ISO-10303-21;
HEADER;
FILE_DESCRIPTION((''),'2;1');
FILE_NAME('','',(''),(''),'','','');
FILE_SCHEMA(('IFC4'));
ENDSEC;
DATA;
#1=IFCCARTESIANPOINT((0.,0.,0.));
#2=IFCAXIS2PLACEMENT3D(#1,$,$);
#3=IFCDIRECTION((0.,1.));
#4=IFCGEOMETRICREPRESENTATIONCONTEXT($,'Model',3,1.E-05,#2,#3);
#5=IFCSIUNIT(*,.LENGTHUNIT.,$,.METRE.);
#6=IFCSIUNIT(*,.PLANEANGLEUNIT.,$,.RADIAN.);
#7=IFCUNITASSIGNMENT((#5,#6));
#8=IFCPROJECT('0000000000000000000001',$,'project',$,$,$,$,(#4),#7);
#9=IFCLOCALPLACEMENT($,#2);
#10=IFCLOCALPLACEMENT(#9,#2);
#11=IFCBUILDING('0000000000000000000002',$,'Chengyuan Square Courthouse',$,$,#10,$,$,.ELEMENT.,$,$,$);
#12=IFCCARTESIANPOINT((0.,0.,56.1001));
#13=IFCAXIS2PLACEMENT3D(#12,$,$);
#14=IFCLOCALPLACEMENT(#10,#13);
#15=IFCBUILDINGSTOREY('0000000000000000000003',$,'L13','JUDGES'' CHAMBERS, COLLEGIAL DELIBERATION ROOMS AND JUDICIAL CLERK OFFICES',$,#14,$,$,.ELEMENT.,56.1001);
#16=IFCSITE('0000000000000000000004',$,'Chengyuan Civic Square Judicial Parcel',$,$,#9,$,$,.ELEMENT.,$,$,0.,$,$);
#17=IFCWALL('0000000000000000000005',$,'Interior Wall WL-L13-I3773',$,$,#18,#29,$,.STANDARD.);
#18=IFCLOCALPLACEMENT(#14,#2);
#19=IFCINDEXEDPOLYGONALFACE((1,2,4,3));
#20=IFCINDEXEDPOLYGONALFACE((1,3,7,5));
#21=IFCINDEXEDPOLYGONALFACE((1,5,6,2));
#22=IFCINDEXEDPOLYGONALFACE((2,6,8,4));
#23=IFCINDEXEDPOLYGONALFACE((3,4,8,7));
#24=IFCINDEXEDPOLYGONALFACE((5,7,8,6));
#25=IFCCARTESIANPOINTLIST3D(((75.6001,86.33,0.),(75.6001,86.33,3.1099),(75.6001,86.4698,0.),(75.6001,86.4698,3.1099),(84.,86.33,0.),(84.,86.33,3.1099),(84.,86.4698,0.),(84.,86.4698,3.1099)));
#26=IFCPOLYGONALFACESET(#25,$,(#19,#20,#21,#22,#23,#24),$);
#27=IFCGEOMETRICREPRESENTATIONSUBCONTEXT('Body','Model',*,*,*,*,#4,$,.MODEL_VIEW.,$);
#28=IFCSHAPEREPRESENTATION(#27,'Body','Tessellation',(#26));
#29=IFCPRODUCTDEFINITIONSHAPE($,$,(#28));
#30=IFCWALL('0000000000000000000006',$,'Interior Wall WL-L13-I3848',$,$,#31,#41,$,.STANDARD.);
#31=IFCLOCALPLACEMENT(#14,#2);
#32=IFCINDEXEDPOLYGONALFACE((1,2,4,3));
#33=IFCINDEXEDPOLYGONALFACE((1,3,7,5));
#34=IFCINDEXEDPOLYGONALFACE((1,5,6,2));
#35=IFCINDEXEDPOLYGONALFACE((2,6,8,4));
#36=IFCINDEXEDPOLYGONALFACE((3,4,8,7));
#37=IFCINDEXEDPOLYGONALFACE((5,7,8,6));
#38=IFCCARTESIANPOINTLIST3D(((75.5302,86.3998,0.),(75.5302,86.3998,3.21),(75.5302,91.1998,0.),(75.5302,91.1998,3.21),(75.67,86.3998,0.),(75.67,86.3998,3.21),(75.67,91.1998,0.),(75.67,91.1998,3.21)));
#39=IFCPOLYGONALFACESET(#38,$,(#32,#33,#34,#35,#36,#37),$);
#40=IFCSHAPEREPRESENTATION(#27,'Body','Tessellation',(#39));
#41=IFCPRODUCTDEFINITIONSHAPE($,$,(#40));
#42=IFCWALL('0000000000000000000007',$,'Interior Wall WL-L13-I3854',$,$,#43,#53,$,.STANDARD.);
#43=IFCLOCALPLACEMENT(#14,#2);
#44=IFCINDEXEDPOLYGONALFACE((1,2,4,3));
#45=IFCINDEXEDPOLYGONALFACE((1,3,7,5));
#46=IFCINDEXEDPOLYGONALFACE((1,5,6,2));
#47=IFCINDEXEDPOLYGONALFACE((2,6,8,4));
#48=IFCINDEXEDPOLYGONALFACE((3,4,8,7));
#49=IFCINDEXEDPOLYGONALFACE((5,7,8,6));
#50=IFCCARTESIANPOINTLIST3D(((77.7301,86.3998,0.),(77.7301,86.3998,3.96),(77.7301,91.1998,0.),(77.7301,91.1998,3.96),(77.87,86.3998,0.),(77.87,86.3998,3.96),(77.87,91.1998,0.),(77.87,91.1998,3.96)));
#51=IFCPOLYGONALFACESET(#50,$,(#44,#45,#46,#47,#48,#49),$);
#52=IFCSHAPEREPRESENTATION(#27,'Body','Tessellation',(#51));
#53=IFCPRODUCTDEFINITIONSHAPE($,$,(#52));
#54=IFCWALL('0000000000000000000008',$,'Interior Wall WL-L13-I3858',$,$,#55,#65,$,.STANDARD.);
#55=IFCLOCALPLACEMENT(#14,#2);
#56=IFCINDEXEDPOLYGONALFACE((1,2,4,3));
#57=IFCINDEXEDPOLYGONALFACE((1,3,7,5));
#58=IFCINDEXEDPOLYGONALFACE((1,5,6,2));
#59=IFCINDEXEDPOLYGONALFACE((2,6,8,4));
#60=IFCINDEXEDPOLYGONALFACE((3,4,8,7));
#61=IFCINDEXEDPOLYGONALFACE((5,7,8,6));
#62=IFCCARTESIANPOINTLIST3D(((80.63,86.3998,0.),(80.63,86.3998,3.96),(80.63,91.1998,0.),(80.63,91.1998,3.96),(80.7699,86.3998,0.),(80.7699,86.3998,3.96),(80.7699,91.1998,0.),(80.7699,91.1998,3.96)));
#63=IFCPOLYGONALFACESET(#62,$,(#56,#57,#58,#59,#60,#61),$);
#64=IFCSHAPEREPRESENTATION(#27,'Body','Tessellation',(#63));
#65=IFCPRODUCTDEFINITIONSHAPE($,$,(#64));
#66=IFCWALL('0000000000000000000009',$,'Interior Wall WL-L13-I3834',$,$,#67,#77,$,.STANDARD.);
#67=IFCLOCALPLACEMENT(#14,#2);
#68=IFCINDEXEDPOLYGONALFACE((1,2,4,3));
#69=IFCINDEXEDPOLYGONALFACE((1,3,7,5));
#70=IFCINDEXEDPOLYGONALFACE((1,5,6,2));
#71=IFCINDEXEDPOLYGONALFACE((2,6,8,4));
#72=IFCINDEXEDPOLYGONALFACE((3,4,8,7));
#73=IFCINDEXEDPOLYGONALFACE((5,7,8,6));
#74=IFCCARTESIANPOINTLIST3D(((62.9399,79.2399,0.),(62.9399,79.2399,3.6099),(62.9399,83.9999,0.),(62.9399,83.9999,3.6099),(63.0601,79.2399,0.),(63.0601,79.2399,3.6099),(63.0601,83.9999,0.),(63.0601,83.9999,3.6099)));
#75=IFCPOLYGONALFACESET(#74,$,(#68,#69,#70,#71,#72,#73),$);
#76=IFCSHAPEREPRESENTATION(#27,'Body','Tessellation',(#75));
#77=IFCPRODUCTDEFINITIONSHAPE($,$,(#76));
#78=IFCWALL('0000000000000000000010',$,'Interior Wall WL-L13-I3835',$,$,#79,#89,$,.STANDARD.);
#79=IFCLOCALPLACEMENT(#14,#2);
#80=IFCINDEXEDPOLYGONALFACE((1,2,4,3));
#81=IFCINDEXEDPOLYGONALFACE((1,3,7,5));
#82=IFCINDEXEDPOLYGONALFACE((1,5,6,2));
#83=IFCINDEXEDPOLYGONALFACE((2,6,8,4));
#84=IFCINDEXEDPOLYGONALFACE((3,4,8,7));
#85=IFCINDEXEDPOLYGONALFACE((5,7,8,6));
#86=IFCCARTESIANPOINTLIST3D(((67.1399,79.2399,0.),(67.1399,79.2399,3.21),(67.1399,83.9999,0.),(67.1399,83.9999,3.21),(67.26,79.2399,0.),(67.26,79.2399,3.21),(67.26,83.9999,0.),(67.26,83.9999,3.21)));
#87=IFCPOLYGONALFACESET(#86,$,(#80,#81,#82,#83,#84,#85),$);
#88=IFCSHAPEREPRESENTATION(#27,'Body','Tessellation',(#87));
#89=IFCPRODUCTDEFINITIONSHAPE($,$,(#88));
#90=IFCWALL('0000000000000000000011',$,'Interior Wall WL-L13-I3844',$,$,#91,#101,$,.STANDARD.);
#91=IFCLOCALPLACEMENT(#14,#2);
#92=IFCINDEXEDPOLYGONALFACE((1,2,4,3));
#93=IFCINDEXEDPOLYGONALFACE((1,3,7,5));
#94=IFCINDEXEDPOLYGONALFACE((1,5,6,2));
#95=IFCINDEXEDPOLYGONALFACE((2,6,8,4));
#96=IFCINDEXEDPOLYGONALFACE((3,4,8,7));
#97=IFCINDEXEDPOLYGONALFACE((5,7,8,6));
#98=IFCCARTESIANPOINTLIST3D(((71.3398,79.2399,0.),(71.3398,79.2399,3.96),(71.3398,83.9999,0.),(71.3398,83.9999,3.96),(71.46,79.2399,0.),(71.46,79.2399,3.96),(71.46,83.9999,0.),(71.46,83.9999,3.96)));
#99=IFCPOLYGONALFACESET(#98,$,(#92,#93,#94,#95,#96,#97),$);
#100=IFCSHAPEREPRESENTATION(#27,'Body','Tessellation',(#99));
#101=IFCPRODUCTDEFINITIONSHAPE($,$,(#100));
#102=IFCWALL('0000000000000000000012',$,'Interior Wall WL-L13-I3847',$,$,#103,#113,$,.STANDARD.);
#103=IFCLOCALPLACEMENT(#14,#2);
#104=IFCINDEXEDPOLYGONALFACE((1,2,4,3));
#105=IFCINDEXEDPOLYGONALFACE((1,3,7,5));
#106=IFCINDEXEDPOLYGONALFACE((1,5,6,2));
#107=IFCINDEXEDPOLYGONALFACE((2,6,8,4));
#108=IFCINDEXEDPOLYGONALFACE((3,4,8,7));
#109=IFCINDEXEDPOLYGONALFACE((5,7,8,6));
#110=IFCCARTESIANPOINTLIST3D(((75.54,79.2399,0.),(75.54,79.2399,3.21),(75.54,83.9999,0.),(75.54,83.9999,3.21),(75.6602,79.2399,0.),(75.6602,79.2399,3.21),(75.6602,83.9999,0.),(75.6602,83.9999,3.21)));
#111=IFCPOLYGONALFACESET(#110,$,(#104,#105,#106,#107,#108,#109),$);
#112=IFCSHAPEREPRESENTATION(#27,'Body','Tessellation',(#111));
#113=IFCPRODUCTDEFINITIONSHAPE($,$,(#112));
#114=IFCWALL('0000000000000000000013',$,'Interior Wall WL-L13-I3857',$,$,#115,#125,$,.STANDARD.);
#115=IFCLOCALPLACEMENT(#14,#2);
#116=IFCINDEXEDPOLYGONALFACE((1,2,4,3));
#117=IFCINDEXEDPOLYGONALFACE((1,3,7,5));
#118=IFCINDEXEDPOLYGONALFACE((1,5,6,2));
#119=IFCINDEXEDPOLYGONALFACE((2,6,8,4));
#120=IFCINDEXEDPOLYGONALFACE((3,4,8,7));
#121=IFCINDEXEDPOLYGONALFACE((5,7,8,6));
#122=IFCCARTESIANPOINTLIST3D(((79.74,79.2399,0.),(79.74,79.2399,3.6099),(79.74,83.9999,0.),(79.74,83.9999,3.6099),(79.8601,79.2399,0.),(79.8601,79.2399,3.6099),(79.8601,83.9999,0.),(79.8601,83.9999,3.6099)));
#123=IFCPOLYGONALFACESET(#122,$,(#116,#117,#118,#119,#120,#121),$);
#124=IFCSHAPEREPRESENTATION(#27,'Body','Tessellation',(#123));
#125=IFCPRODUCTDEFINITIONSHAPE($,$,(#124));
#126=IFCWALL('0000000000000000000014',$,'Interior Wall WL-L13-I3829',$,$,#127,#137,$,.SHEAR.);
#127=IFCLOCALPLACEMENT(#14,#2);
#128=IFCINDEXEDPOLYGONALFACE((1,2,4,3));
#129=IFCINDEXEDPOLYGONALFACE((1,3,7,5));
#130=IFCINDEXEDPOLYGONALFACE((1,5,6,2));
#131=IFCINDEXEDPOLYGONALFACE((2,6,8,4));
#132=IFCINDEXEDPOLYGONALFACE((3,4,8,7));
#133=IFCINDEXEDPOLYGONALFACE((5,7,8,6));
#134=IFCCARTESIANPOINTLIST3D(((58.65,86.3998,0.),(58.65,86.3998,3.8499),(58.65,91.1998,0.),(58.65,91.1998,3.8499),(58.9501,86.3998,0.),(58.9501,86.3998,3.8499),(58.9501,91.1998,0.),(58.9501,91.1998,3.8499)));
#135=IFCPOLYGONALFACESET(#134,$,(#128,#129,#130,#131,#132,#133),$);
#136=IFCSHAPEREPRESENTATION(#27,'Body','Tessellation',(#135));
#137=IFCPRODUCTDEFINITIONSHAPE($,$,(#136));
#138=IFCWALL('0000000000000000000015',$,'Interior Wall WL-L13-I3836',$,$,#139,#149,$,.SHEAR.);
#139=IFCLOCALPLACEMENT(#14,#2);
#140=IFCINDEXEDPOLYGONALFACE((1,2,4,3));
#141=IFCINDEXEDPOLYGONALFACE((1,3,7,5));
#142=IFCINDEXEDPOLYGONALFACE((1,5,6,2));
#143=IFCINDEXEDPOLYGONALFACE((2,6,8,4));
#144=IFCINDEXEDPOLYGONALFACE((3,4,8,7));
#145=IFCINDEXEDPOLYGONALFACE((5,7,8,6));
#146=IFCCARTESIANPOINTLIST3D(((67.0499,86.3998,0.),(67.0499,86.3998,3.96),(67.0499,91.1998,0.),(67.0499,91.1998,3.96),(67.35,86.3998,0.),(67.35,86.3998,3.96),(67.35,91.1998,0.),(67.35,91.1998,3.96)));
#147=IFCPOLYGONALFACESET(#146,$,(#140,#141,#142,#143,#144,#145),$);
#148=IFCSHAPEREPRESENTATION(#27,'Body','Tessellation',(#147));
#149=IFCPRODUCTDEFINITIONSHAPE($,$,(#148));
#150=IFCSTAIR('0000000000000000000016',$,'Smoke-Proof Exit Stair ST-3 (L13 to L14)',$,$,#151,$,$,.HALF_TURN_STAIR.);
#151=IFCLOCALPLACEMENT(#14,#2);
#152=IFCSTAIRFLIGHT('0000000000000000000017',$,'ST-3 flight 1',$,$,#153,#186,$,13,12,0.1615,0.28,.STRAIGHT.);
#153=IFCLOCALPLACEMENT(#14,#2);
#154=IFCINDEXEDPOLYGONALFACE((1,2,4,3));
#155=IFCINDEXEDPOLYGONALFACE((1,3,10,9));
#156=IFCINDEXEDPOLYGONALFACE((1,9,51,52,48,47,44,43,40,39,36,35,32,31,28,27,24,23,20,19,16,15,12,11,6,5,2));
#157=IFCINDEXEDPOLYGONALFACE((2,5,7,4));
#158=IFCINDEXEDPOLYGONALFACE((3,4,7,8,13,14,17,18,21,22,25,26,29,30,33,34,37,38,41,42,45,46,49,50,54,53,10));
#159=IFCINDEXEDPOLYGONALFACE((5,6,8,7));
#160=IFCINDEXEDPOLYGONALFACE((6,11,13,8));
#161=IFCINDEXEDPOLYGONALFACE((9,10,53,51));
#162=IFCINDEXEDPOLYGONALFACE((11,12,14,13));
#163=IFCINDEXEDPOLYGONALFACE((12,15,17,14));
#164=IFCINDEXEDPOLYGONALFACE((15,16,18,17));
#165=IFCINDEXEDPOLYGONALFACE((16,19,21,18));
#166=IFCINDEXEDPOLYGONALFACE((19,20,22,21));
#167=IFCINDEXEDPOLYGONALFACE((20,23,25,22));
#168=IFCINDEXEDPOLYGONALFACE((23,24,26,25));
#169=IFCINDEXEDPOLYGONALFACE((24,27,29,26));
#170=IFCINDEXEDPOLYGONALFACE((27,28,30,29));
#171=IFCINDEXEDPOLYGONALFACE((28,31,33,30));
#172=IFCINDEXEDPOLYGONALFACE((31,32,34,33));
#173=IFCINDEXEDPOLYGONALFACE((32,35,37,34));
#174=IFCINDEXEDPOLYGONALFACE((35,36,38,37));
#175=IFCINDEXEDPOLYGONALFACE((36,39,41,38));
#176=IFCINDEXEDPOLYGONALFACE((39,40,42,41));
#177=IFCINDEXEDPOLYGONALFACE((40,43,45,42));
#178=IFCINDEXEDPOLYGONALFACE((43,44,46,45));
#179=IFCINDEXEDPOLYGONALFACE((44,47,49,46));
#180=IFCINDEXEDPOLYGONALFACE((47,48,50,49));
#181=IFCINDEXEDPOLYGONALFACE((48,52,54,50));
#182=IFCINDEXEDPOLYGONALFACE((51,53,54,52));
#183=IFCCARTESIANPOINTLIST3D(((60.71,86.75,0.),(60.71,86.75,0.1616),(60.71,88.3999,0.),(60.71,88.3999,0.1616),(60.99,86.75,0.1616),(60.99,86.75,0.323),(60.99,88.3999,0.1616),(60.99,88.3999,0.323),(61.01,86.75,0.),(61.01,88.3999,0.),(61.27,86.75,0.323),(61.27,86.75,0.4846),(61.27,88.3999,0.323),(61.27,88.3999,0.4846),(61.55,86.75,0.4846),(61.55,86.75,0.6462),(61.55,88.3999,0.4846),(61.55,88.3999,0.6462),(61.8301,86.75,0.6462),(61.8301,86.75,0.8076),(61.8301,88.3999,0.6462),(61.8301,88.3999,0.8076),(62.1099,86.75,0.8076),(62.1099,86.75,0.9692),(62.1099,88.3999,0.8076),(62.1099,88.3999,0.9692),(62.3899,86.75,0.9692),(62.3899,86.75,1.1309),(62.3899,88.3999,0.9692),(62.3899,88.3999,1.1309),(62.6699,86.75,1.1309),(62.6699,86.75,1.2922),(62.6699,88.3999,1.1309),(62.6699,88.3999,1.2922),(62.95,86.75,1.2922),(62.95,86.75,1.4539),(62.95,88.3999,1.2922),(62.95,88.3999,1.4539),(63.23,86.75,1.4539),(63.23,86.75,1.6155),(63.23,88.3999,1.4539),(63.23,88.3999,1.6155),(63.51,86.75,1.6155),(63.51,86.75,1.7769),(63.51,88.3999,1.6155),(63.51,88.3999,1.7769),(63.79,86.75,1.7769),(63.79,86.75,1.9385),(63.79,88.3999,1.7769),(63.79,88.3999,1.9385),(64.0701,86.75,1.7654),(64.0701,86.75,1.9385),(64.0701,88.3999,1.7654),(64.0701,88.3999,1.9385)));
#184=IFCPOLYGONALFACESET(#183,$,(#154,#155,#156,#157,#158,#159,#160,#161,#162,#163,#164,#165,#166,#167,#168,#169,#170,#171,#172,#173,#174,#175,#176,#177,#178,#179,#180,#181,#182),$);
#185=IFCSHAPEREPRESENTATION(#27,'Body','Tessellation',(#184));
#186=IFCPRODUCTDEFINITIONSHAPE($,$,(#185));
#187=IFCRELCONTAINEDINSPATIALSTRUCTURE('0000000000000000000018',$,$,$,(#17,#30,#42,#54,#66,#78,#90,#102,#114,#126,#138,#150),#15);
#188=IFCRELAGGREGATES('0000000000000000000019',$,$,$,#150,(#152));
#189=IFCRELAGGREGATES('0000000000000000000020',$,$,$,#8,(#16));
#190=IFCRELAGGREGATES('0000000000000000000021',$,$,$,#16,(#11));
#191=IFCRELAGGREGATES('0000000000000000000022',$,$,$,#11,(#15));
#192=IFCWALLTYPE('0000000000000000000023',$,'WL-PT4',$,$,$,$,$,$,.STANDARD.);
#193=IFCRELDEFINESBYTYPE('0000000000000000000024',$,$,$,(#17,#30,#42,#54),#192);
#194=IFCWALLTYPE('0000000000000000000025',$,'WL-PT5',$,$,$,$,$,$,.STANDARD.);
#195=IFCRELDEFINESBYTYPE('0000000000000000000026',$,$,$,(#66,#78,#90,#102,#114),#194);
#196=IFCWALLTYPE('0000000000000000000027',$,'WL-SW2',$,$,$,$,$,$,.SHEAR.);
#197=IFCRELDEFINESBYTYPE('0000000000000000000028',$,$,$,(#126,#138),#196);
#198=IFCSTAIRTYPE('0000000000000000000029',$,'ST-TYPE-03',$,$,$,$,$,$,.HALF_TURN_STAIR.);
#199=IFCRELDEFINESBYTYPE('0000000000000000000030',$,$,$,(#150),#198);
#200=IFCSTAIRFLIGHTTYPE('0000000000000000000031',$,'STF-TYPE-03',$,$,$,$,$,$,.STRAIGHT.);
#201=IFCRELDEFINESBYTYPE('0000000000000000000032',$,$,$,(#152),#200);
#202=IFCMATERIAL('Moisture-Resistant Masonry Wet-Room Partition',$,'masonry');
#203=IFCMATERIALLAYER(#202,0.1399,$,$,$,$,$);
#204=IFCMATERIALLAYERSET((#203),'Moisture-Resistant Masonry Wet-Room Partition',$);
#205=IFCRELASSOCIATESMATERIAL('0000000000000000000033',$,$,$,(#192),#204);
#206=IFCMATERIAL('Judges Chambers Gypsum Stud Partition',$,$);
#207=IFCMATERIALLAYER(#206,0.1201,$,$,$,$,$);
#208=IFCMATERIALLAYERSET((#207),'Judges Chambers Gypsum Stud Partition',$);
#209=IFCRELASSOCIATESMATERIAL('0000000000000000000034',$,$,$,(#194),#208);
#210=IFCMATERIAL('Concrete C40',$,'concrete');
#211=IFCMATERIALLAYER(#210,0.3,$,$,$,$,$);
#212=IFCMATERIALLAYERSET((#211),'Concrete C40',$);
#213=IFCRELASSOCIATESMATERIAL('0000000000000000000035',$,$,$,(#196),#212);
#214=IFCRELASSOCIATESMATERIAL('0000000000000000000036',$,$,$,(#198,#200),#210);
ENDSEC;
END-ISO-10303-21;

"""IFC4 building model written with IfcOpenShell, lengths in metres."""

from ifc_helpers import new_model, si_unit, direction, frame, frame_2d, origin, place, context, subcontext, project, spatial, polyline, rectangle, outline, extrude, material, layer, layer_set, type_object, element, aggregate, save


model = new_model("IFC4")

# Units and contexts
model_context = context("Model", 3, precision=1e-05, world=origin(), true_north=direction((0.0, 1.0)))
body_context = subcontext(model_context, "Body", "Model", "MODEL_VIEW")
ifc_project = project(units=[si_unit("LENGTHUNIT", "METRE"), si_unit("PLANEANGLEUNIT", "RADIAN")], contexts=[model_context])

# Site, building, storey
site_placement = place(None, origin())
site = spatial("IfcSite", under=ifc_project, at=site_placement, Name="Chengyuan Civic Square Judicial Parcel", CompositionType="ELEMENT", RefElevation=0.0)
building_placement = place(site_placement, origin())
building = spatial("IfcBuilding", under=site, at=building_placement, Name="Chengyuan Square Courthouse", CompositionType="ELEMENT")
storey_placement = place(building_placement, frame((0.0, 0.0, 56.1001)))
storey = spatial("IfcBuildingStorey", under=building, at=storey_placement, Name="L13", Description="JUDGES' CHAMBERS, COLLEGIAL DELIBERATION ROOMS AND JUDICIAL CLERK OFFICES", CompositionType="ELEMENT", Elevation=56.1001)

# Shared definitions
ifc_material_1 = material(Name="Concrete C40", Category="concrete")

# Walls
ifc_material_2 = material(Name="Moisture-Resistant Masonry Wet-Room Partition", Category="masonry")
ifc_layer_1 = layer(ifc_material_2, 0.1399)
ifc_layer_set_1 = layer_set([ifc_layer_1], Name="Moisture-Resistant Masonry Wet-Room Partition")
wall_type_1 = type_object("IfcWallType", Name="WL-PT4", PredefinedType="STANDARD", material=ifc_layer_set_1)
wall_1_placement = place(storey_placement, frame((75.6001, 86.3999, 0.0), z_axis=(0.0, 0.0, 1.0), x_axis=(1.0, 0.0, 0.0)))
element("IfcWall", 1, at=wall_1_placement, inside=storey, type_object=wall_type_1, Name="Interior Wall WL-L13-I3773", PredefinedType="STANDARD", context=body_context, shape_type="SweptSolid", body=[
    extrude(rectangle(XDim=8.3999, YDim=0.1399, at=frame_2d((4.2, 0.0))), origin(), (0.0, 0.0, 1.0), 3.1099),
])
wall_2_placement = place(storey_placement, frame((75.6001, 86.3999, 0.0), z_axis=(0.0, 0.0, 1.0), x_axis=(0.0, 1.0, 0.0)))
element("IfcWall", 2, at=wall_2_placement, inside=storey, type_object=wall_type_1, Name="Interior Wall WL-L13-I3848", PredefinedType="STANDARD", context=body_context, shape_type="SweptSolid", body=[
    extrude(rectangle(XDim=4.8, YDim=0.1399, at=frame_2d((2.3999, 0.0))), origin(), (0.0, 0.0, 1.0), 3.21),
])
for number, where, z_axis, x_axis, name in (
    (3, (77.8, 86.3999, 0.0), (0.0, 0.0, 1.0), (0.0, 1.0, 0.0), "Interior Wall WL-L13-I3854"),
    (4, (80.7, 86.3999, 0.0), (0.0, 0.0, 1.0), (0.0, 1.0, 0.0), "Interior Wall WL-L13-I3858"),
):
    element("IfcWall", number, at=place(storey_placement, frame(where, z_axis=z_axis, x_axis=x_axis)), inside=storey, type_object=wall_type_1, Name=name, PredefinedType="STANDARD", context=body_context, shape_type="SweptSolid", body=[
        extrude(rectangle(XDim=4.8, YDim=0.1399, at=frame_2d((2.3999, 0.0))), origin(), (0.0, 0.0, 1.0), 3.96),
    ])
ifc_material_3 = material(Name="Judges Chambers Gypsum Stud Partition")
ifc_layer_2 = layer(ifc_material_3, 0.1201)
ifc_layer_set_2 = layer_set([ifc_layer_2], Name="Judges Chambers Gypsum Stud Partition")
wall_type_2 = type_object("IfcWallType", Name="WL-PT5", PredefinedType="STANDARD", material=ifc_layer_set_2)
wall_3_placement = place(storey_placement, frame((63.0, 79.24, 0.0), z_axis=(0.0, 0.0, 1.0), x_axis=(0.0, 1.0, 0.0)))
element("IfcWall", 5, at=wall_3_placement, inside=storey, type_object=wall_type_2, Name="Interior Wall WL-L13-I3834", PredefinedType="STANDARD", context=body_context, shape_type="SweptSolid", body=[
    extrude(rectangle(XDim=4.76, YDim=0.1201, at=frame_2d((2.3799, 0.0))), origin(), (0.0, 0.0, 1.0), 3.6099),
])
wall_4_placement = place(storey_placement, frame((67.2, 79.24, 0.0), z_axis=(0.0, 0.0, 1.0), x_axis=(0.0, 1.0, 0.0)))
element("IfcWall", 6, at=wall_4_placement, inside=storey, type_object=wall_type_2, Name="Interior Wall WL-L13-I3835", PredefinedType="STANDARD", context=body_context, shape_type="SweptSolid", body=[
    extrude(rectangle(XDim=4.76, YDim=0.1201, at=frame_2d((2.3799, 0.0))), origin(), (0.0, 0.0, 1.0), 3.21),
])
wall_5_placement = place(storey_placement, frame((71.3999, 79.24, 0.0), z_axis=(0.0, 0.0, 1.0), x_axis=(0.0, 1.0, 0.0)))
element("IfcWall", 7, at=wall_5_placement, inside=storey, type_object=wall_type_2, Name="Interior Wall WL-L13-I3844", PredefinedType="STANDARD", context=body_context, shape_type="SweptSolid", body=[
    extrude(rectangle(XDim=4.76, YDim=0.1201, at=frame_2d((2.3799, 0.0))), origin(), (0.0, 0.0, 1.0), 3.96),
])
wall_6_placement = place(storey_placement, frame((75.6001, 79.24, 0.0), z_axis=(0.0, 0.0, 1.0), x_axis=(0.0, 1.0, 0.0)))
element("IfcWall", 8, at=wall_6_placement, inside=storey, type_object=wall_type_2, Name="Interior Wall WL-L13-I3847", PredefinedType="STANDARD", context=body_context, shape_type="SweptSolid", body=[
    extrude(rectangle(XDim=4.76, YDim=0.1201, at=frame_2d((2.3799, 0.0))), origin(), (0.0, 0.0, 1.0), 3.21),
])
wall_7_placement = place(storey_placement, frame((79.8, 79.24, 0.0), z_axis=(0.0, 0.0, 1.0), x_axis=(0.0, 1.0, 0.0)))
element("IfcWall", 9, at=wall_7_placement, inside=storey, type_object=wall_type_2, Name="Interior Wall WL-L13-I3857", PredefinedType="STANDARD", context=body_context, shape_type="SweptSolid", body=[
    extrude(rectangle(XDim=4.76, YDim=0.1201, at=frame_2d((2.3799, 0.0))), origin(), (0.0, 0.0, 1.0), 3.6099),
])
ifc_layer_3 = layer(ifc_material_1, 0.3)
ifc_layer_set_3 = layer_set([ifc_layer_3], Name="Concrete C40")
wall_type_3 = type_object("IfcWallType", Name="WL-SW2", PredefinedType="SHEAR", material=ifc_layer_set_3)
wall_8_placement = place(storey_placement, frame((58.8, 86.3999, 0.0), z_axis=(0.0, 0.0, 1.0), x_axis=(0.0, 1.0, 0.0)))
element("IfcWall", 10, at=wall_8_placement, inside=storey, type_object=wall_type_3, Name="Interior Wall WL-L13-I3829", PredefinedType="SHEAR", context=body_context, shape_type="SweptSolid", body=[
    extrude(rectangle(XDim=4.8, YDim=0.3, at=frame_2d((2.3999, 0.0))), origin(), (0.0, 0.0, 1.0), 3.8499),
])
wall_9_placement = place(storey_placement, frame((67.2, 86.3999, 0.0), z_axis=(0.0, 0.0, 1.0), x_axis=(0.0, 1.0, 0.0)))
element("IfcWall", 11, at=wall_9_placement, inside=storey, type_object=wall_type_3, Name="Interior Wall WL-L13-I3836", PredefinedType="SHEAR", context=body_context, shape_type="SweptSolid", body=[
    extrude(rectangle(XDim=4.8, YDim=0.3, at=frame_2d((2.3999, 0.0))), origin(), (0.0, 0.0, 1.0), 3.96),
])

# Stair, stair flight
stair_type = type_object("IfcStairType", Name="ST-TYPE-03", PredefinedType="HALF_TURN_STAIR", material=ifc_material_1)
stair_placement = place(storey_placement, origin())
stair = element("IfcStair", 12, at=stair_placement, inside=storey, type_object=stair_type, Name="Smoke-Proof Exit Stair ST-3 (L13 to L14)", PredefinedType="HALF_TURN_STAIR")
stair_flight_type = type_object("IfcStairFlightType", Name="STF-TYPE-03", PredefinedType="STRAIGHT", material=ifc_material_1)
stair_flight_placement = place(storey_placement, frame((60.71, 87.575, 0.0), z_axis=(0.0, 0.0, 1.0), x_axis=(1.0, 0.0, 0.0)))
stair_flight = element("IfcStairFlight", 13, at=stair_flight_placement, type_object=stair_flight_type, Name="ST-3 flight 1", NumberOfRisers=13, NumberOfTreads=12, PredefinedType="STRAIGHT", RiserHeight=0.1615, TreadLength=0.28, context=body_context, shape_type="SweptSolid", body=[
    extrude(outline(polyline([(0.0, 0.0), (0.0, 0.1616), (0.28, 0.1616), (0.28, 0.323), (0.5601, 0.323), (0.5601, 0.4846), (0.8401, 0.4846), (0.8401, 0.6462), (1.1201, 0.6462), (1.1201, 0.8076), (1.3999, 0.8076), (1.3999, 0.9692), (1.6799, 0.9692), (1.6799, 1.1309), (1.96, 1.1309), (1.96, 1.2922), (2.24, 1.2922), (2.24, 1.4539), (2.52, 1.4539), (2.52, 1.6155), (2.8, 1.6155), (2.8, 1.7769), (3.0801, 1.7769), (3.0801, 1.9385), (3.3601, 1.9385), (3.3601, 2.1001), (3.3601, 1.7654), (0.3, 0.0), (0.0, 0.0)])), frame((0.0, 0.825, 0.0), z_axis=(0.0, -1.0, 0.0), x_axis=(1.0, 0.0, 0.0)), (0.0, 0.0, 1.0), 1.6499),
])
aggregate(stair, [stair_flight])

save(model, "model.ifc")
